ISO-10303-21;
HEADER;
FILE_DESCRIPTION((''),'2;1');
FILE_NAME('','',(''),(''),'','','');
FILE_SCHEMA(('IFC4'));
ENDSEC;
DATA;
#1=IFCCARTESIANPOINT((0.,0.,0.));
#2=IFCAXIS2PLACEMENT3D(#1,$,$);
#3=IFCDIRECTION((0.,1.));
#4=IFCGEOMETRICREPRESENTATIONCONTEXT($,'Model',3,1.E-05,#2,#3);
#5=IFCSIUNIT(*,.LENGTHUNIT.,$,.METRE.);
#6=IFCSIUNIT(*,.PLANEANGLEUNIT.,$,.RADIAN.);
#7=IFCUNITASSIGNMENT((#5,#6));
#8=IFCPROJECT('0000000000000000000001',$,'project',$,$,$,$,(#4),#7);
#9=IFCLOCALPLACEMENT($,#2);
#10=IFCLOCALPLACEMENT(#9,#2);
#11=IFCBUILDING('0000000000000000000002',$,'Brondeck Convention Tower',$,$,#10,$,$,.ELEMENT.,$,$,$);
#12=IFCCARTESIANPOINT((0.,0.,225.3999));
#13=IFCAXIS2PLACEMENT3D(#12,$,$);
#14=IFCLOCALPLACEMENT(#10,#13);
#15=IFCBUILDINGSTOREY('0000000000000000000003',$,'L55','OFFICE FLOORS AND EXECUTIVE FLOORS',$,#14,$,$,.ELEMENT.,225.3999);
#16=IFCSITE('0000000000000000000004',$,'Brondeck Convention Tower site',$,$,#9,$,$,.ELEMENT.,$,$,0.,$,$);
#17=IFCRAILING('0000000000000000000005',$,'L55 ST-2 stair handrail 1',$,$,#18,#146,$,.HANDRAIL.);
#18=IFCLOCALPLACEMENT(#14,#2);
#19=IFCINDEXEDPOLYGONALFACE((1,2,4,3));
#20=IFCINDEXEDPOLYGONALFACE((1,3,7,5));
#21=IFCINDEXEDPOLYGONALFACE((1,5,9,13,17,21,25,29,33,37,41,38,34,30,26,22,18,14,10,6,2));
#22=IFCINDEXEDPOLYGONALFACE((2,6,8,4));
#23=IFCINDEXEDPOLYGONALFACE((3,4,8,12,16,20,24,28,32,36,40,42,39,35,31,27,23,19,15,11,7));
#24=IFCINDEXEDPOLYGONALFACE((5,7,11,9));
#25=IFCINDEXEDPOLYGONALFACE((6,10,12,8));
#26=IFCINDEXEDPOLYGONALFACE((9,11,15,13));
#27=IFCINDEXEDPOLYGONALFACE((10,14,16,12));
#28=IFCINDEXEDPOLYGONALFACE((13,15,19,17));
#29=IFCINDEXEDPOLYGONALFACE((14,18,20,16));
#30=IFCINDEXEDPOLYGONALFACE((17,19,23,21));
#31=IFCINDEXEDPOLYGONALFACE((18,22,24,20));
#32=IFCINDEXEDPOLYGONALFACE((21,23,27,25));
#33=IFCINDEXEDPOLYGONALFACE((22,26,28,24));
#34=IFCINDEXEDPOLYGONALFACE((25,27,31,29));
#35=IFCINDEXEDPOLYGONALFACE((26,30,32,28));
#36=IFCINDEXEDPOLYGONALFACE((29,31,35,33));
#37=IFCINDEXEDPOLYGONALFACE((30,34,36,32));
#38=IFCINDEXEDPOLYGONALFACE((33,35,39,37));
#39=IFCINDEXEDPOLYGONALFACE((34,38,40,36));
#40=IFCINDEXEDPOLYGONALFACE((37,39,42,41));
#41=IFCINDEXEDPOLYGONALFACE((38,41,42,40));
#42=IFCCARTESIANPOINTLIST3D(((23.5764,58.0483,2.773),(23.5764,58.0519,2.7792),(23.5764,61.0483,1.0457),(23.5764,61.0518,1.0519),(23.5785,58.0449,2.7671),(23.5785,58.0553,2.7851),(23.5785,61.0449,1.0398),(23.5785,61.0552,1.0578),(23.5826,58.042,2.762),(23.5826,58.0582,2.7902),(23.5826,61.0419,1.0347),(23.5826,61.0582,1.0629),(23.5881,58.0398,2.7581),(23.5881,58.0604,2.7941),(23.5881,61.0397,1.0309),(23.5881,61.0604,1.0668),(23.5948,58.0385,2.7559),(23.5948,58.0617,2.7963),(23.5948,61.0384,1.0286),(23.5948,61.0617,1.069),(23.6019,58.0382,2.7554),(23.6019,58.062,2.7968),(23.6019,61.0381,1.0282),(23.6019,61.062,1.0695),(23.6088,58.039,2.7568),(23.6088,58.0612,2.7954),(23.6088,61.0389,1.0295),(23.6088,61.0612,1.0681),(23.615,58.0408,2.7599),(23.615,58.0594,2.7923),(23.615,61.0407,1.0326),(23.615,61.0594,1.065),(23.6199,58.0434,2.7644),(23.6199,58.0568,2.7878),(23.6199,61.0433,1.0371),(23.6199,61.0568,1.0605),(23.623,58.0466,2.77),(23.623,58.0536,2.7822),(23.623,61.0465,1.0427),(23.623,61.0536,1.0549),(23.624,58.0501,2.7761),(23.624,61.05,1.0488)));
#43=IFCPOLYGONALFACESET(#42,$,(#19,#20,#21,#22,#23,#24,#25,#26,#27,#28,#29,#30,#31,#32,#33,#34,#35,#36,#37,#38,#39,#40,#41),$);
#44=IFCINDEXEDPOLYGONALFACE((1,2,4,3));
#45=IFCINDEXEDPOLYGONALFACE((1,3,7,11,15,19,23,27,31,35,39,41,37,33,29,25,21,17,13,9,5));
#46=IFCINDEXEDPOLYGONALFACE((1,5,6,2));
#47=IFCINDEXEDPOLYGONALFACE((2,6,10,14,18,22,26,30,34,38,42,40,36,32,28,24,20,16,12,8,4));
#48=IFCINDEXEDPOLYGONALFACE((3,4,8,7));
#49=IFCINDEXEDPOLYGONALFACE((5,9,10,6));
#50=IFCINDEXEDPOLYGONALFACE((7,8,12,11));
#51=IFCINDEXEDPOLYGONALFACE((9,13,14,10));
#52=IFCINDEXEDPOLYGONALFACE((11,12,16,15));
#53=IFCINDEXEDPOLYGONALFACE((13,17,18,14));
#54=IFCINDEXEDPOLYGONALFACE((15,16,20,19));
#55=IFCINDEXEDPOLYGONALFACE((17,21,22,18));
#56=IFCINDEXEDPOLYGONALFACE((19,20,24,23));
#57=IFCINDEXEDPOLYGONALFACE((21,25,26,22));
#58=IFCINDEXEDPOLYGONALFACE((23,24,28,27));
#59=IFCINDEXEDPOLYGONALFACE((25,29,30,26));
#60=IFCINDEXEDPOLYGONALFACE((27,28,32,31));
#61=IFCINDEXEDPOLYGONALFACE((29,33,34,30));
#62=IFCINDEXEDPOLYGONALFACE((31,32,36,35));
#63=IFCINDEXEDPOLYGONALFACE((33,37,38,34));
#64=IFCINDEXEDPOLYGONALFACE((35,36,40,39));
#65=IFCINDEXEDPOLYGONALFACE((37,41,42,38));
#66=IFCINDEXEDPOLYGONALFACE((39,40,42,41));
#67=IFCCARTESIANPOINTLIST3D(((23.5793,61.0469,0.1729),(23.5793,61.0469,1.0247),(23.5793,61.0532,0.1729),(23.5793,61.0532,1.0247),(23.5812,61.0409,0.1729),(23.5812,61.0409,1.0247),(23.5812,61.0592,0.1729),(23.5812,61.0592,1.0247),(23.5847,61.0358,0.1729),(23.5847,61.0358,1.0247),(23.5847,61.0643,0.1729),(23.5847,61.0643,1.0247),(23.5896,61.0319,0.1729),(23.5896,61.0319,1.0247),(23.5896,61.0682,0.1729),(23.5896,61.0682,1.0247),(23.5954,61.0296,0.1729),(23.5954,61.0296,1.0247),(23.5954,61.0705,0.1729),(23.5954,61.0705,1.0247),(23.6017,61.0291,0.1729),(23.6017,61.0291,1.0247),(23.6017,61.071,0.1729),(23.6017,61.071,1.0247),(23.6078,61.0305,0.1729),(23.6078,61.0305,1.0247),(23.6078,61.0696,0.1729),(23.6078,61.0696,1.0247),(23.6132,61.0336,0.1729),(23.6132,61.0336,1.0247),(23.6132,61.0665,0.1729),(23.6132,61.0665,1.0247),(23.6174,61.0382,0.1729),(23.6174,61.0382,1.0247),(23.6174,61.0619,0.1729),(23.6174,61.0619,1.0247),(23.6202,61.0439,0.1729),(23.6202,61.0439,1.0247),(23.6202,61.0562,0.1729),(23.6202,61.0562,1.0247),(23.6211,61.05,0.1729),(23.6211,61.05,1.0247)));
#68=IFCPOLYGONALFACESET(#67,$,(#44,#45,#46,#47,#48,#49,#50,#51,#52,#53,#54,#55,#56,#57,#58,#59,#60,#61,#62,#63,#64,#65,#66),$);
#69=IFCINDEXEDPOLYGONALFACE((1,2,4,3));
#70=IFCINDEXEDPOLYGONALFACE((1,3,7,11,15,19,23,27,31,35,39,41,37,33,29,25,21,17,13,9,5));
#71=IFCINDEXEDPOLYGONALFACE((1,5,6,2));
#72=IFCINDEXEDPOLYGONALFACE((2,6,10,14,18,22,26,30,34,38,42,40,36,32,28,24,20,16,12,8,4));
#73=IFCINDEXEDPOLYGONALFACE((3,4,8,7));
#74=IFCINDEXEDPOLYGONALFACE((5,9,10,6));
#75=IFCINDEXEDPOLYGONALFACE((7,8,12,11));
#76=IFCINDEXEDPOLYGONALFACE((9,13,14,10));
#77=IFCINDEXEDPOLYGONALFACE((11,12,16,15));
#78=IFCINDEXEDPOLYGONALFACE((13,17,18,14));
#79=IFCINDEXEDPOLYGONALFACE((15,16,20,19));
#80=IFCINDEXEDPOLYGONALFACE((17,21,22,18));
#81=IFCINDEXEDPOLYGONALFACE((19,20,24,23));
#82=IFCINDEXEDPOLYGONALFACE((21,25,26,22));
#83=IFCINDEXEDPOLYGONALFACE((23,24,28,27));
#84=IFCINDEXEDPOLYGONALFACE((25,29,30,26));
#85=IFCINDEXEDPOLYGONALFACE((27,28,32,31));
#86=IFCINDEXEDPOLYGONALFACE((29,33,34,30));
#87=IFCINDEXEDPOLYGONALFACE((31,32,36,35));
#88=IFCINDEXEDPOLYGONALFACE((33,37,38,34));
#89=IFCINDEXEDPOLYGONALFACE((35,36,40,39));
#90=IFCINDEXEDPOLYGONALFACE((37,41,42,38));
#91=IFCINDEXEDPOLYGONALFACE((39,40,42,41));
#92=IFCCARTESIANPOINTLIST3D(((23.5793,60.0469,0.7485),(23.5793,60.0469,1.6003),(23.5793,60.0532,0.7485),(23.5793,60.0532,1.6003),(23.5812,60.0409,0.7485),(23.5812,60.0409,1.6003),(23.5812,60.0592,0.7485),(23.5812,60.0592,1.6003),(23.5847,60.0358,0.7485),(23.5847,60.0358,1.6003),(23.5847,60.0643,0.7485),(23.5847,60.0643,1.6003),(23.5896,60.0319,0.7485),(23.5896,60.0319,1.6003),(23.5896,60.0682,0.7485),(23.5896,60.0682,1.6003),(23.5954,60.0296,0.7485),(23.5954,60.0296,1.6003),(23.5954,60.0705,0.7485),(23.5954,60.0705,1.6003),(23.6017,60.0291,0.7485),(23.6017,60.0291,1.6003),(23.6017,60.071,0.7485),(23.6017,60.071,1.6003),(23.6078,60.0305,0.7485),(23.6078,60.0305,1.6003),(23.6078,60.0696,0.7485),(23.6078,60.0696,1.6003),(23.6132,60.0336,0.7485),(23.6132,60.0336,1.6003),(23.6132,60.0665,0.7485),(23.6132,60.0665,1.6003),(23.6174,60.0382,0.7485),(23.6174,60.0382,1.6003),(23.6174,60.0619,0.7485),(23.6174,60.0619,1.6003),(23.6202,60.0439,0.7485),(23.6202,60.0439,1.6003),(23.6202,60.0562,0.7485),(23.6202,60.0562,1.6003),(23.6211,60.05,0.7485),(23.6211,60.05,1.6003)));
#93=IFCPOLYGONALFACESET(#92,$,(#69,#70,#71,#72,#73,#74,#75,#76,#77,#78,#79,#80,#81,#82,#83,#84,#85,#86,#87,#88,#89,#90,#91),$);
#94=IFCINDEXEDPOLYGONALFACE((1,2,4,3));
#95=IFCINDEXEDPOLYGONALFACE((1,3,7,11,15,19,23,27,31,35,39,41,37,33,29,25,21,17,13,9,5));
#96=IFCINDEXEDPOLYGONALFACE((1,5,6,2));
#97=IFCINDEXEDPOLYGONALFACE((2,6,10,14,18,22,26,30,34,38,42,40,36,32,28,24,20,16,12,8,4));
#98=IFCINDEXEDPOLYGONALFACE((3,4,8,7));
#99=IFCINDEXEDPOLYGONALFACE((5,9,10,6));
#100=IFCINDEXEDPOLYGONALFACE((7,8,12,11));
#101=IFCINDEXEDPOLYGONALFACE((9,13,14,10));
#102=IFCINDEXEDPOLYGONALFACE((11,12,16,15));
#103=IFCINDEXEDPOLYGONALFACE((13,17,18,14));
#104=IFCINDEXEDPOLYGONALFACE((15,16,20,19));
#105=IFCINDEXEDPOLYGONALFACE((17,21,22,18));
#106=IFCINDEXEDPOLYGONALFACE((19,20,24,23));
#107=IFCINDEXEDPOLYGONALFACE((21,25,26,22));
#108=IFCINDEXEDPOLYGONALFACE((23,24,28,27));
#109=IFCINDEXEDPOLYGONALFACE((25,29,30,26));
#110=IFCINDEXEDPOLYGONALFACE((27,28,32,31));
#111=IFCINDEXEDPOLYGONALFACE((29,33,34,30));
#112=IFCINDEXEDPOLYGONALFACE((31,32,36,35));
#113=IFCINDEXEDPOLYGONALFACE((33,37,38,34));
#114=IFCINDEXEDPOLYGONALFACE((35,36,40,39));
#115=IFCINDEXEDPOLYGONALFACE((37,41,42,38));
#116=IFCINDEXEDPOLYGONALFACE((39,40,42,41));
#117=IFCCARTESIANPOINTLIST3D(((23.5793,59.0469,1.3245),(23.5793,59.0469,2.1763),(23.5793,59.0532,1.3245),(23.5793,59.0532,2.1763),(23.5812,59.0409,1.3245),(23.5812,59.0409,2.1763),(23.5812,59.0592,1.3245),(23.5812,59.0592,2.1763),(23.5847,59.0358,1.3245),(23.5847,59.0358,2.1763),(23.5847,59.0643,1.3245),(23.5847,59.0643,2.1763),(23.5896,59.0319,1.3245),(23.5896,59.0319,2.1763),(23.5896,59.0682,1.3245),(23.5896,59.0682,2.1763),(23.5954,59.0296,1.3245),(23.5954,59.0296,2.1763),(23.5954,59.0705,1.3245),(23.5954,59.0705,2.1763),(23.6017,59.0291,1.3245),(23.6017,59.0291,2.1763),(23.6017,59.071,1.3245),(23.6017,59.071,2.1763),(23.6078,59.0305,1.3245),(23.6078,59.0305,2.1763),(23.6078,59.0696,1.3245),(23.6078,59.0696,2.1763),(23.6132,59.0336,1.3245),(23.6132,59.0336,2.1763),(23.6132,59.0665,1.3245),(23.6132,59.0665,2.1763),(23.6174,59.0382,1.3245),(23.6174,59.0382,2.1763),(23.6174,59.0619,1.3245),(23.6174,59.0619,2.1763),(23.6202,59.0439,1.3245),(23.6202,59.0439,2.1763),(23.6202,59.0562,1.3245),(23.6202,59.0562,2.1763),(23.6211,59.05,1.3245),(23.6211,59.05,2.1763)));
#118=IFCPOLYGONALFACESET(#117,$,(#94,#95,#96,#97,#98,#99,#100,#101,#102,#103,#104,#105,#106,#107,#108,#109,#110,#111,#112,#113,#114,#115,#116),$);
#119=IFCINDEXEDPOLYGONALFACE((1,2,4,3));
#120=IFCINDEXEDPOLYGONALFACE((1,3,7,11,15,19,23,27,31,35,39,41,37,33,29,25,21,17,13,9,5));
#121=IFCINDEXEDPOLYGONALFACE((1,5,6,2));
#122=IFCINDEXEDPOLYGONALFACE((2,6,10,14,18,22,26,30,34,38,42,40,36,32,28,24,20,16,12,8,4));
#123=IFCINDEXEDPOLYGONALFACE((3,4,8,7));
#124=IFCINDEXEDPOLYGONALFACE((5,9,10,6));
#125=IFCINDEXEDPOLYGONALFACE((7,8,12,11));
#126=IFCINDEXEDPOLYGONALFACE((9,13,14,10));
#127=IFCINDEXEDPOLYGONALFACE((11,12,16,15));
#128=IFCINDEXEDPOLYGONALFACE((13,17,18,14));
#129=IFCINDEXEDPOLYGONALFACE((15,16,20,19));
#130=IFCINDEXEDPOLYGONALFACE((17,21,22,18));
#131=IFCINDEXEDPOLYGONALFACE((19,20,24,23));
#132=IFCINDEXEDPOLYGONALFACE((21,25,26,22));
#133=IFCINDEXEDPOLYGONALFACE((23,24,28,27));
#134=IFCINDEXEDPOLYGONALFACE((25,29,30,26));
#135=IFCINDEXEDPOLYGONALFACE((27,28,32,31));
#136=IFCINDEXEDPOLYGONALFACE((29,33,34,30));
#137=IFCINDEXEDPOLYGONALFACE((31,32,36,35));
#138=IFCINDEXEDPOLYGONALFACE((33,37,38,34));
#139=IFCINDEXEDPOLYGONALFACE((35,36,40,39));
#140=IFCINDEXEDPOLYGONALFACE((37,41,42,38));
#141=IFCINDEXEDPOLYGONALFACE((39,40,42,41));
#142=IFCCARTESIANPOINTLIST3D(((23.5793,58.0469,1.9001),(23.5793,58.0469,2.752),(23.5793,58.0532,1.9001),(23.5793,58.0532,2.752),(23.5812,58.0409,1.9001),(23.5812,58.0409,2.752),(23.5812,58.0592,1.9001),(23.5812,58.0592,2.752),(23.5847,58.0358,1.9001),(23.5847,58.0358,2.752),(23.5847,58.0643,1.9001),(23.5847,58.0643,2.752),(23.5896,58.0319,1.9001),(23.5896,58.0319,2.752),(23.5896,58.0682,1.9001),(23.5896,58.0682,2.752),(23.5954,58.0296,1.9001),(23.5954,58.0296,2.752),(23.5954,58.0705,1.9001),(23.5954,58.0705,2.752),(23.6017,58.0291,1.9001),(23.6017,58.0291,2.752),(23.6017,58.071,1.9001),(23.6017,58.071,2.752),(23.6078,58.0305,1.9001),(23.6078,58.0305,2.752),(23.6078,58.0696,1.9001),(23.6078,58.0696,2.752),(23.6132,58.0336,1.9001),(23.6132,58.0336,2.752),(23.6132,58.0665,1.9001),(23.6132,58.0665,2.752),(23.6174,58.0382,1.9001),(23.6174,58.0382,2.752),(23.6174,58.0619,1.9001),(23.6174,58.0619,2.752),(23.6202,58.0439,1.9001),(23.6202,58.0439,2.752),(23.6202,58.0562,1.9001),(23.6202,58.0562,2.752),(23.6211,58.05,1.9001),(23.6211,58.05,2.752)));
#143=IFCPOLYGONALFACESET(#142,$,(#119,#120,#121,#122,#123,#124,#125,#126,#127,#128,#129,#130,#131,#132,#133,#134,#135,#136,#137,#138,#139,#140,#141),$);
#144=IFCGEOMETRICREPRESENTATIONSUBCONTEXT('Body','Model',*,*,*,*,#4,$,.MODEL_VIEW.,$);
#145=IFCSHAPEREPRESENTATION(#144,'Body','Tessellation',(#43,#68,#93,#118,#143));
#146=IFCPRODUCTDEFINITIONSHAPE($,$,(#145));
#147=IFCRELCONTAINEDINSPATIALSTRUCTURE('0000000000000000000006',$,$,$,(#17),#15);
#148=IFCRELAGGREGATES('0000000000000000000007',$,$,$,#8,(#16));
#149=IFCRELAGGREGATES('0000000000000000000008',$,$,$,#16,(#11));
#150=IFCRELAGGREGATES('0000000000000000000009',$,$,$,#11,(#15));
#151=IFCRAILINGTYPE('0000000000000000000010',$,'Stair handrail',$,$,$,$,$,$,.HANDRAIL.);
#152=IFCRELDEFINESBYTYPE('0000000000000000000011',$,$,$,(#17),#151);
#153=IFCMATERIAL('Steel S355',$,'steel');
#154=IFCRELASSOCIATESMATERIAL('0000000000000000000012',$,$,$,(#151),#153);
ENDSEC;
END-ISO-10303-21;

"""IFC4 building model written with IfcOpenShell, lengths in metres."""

from ifc_helpers import new_model, si_unit, direction, frame, origin, origin_2d, place, context, subcontext, project, spatial, circle, extrude, material, type_object, element, save


model = new_model("IFC4")

# Units and contexts
model_context = context("Model", 3, precision=1e-05, world=origin(), true_north=direction((0.0, 1.0)))
body_context = subcontext(model_context, "Body", "Model", "MODEL_VIEW")
ifc_project = project(units=[si_unit("LENGTHUNIT", "METRE"), si_unit("PLANEANGLEUNIT", "RADIAN")], contexts=[model_context])

# Site, building, storey
site_placement = place(None, origin())
site = spatial("IfcSite", under=ifc_project, at=site_placement, Name="Brondeck Convention Tower site", CompositionType="ELEMENT", RefElevation=0.0)
building_placement = place(site_placement, origin())
building = spatial("IfcBuilding", under=site, at=building_placement, Name="Brondeck Convention Tower", CompositionType="ELEMENT")
storey_placement = place(building_placement, frame((0.0, 0.0, 225.3999)))
storey = spatial("IfcBuildingStorey", under=building, at=storey_placement, Name="L55", Description="OFFICE FLOORS AND EXECUTIVE FLOORS", CompositionType="ELEMENT", Elevation=225.3999)

# Railing
ifc_material_1 = material(Name="Steel S355", Category="steel")
railing_type_1 = type_object("IfcRailingType", Name="Stair handrail", PredefinedType="HANDRAIL", material=ifc_material_1)
railing_1_placement = place(storey_placement, frame((23.6001, 61.05, 0.1729)))
element("IfcRailing", 1, at=railing_1_placement, inside=storey, type_object=railing_type_1, Name="L55 ST-2 stair handrail 1", PredefinedType="HANDRAIL", context=body_context, shape_type="SweptSolid", body=[
    extrude(circle(Radius=0.0239, at=origin_2d()), frame((0.0, 0.0, 0.876), z_axis=(0.0, -0.86662, 0.498969), x_axis=(1.0, 0.0, 0.0)), (0.0, 0.0, 1.0), 3.4617),
    extrude(circle(Radius=0.021, at=origin_2d()), origin(), (0.0, 0.0, 1.0), 0.8518),
    extrude(circle(Radius=0.021, at=origin_2d()), frame((0.0, -1.0, 0.5757)), (0.0, 0.0, 1.0), 0.8518),
    extrude(circle(Radius=0.021, at=origin_2d()), frame((0.0, -2.0, 1.1516)), (0.0, 0.0, 1.0), 0.8518),
    extrude(circle(Radius=0.021, at=origin_2d()), frame((0.0, -3.0, 1.7273)), (0.0, 0.0, 1.0), 0.8518),
])

save(model, "model.ifc")
